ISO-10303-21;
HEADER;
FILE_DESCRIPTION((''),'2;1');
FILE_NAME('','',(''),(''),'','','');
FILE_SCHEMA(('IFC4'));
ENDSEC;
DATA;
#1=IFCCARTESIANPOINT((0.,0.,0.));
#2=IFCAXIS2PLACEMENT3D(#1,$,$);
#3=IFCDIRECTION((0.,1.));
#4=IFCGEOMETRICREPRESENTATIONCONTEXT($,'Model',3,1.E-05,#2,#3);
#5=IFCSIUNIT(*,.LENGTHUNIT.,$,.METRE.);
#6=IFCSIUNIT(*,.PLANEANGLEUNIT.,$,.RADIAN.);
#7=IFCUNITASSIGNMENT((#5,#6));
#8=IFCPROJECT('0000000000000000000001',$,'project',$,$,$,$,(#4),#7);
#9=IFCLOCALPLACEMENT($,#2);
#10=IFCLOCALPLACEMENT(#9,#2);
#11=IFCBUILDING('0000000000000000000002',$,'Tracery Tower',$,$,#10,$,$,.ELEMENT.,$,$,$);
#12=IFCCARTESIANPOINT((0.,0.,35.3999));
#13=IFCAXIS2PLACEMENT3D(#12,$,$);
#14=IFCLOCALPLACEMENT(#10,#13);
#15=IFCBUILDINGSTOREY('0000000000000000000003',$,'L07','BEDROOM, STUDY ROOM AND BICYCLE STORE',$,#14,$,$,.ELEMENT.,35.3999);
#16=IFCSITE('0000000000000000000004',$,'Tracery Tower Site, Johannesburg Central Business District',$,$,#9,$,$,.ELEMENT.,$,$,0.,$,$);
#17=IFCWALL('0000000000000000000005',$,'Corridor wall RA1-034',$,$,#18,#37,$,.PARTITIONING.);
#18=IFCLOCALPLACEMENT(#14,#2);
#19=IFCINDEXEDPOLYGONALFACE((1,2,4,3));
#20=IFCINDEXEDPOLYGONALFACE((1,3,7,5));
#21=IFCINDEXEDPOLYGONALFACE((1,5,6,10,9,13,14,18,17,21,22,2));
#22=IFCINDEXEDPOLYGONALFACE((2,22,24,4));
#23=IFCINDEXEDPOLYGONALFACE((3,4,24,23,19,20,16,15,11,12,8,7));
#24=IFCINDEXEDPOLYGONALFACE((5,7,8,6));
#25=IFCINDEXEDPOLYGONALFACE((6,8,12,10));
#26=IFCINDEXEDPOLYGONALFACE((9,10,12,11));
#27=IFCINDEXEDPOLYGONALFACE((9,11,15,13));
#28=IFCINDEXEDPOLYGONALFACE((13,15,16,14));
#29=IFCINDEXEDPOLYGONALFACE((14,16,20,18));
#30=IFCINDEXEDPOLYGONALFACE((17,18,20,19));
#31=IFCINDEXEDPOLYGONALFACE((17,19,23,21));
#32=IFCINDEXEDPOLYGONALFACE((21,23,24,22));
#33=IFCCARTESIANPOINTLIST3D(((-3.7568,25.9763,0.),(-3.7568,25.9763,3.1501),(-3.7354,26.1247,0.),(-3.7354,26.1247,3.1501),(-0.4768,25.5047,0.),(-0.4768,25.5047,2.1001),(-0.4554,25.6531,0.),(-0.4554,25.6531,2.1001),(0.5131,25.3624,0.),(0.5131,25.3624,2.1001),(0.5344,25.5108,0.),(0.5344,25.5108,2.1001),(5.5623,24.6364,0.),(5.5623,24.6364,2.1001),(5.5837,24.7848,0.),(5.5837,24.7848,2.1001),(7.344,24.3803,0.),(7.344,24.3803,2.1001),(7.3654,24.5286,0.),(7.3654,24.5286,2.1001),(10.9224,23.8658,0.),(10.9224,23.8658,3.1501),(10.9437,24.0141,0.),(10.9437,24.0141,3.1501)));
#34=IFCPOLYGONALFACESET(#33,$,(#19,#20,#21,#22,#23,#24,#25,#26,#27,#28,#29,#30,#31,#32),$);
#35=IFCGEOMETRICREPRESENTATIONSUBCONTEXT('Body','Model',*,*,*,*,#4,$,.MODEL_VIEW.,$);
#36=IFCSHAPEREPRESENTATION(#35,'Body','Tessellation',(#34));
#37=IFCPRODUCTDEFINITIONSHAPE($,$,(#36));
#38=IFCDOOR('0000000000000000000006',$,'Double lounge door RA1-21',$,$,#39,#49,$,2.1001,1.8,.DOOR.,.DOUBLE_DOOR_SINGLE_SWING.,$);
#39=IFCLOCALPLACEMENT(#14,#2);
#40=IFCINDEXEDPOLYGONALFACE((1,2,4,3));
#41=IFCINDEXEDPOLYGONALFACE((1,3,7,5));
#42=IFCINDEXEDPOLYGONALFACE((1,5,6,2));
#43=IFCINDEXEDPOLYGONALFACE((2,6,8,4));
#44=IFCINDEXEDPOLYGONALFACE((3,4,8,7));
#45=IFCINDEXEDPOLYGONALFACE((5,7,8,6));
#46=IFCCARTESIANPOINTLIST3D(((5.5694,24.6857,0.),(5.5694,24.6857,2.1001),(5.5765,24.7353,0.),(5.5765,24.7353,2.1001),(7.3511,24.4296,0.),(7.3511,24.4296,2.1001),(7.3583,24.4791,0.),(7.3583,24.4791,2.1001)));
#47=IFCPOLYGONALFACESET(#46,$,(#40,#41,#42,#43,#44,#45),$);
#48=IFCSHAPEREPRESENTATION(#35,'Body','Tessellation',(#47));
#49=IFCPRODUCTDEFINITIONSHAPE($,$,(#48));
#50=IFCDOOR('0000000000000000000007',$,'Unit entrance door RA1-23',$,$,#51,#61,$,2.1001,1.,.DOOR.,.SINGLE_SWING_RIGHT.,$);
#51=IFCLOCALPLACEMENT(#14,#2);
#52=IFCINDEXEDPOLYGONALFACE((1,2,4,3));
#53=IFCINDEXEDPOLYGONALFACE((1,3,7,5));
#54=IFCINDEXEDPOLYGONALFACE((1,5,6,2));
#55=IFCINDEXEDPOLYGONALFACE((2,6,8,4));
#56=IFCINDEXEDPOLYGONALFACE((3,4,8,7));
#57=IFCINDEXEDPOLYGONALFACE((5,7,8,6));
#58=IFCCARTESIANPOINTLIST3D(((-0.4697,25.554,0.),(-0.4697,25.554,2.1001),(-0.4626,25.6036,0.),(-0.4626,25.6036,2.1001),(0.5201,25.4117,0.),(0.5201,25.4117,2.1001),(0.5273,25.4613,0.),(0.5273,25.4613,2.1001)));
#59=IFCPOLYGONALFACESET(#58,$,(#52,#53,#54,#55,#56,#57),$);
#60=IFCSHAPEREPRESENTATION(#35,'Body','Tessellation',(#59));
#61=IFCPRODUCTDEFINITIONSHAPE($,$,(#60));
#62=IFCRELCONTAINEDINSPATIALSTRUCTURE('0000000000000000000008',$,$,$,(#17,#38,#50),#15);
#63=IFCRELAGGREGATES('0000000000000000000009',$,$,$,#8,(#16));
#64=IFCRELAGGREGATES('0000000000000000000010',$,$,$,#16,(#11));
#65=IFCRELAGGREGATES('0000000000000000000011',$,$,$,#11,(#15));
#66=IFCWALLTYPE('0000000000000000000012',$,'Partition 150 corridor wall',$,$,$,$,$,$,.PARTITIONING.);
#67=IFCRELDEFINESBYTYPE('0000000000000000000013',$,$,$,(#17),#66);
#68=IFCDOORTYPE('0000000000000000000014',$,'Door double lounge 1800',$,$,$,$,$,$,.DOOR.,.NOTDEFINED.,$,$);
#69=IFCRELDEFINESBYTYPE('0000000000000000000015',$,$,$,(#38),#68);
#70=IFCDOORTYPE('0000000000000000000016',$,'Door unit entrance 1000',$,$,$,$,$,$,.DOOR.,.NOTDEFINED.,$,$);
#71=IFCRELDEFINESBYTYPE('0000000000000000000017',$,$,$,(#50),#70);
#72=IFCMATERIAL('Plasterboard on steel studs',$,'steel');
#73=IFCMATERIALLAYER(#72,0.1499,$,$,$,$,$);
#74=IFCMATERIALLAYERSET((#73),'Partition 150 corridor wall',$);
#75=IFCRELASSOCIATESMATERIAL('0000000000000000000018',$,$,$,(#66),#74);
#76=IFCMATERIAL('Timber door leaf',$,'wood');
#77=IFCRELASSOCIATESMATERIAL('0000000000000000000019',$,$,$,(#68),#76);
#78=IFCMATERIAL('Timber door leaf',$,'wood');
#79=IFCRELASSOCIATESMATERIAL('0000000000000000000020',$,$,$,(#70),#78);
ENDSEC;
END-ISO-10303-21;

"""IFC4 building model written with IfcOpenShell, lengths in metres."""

from ifc_helpers import new_model, si_unit, direction, frame, frame_2d, origin, place, context, subcontext, project, spatial, rectangle, extrude, material, layer, layer_set, type_object, element, fill, save


model = new_model("IFC4")

# Units and contexts
model_context = context("Model", 3, precision=1e-05, world=origin(), true_north=direction((0.0, 1.0)))
body_context = subcontext(model_context, "Body", "Model", "MODEL_VIEW")
ifc_project = project(units=[si_unit("LENGTHUNIT", "METRE"), si_unit("PLANEANGLEUNIT", "RADIAN")], contexts=[model_context])

# Site, building, storey
site_placement = place(None, origin())
site = spatial("IfcSite", under=ifc_project, at=site_placement, Name="Tracery Tower Site, Johannesburg Central Business District", CompositionType="ELEMENT", RefElevation=0.0)
building_placement = place(site_placement, origin())
building = spatial("IfcBuilding", under=site, at=building_placement, Name="Tracery Tower", CompositionType="ELEMENT")
storey_placement = place(building_placement, frame((0.0, 0.0, 35.3999)))
storey = spatial("IfcBuildingStorey", under=building, at=storey_placement, Name="L07", Description="BEDROOM, STUDY ROOM AND BICYCLE STORE", CompositionType="ELEMENT", Elevation=35.3999)

# Shared definitions
ifc_material_1 = material(Name="Plasterboard on steel studs", Category="steel")
ifc_layer_1 = layer(ifc_material_1, 0.1499)
ifc_layer_set_1 = layer_set([ifc_layer_1], Name="Partition 150 corridor wall")
wall_type_1 = type_object("IfcWallType", Name="Partition 150 corridor wall", PredefinedType="PARTITIONING", material=ifc_layer_set_1)

# Wall, openings, doors
wall_1_placement = place(storey_placement, frame((-3.7461, 26.0505, 0.0), z_axis=(0.0, 0.0, 1.0), x_axis=(0.989821, -0.142318, 0.0)))
wall_1 = element("IfcWall", 1, at=wall_1_placement, inside=storey, type_object=wall_type_1, Name="Corridor wall RA1-034", PredefinedType="PARTITIONING", context=body_context, shape_type="SweptSolid", body=[
    extrude(rectangle(XDim=14.8301, YDim=0.1499, at=frame_2d((7.415, 0.0))), origin(), (0.0, 0.0, 1.0), 3.1501),
])
opening_1_placement = place(wall_1_placement, frame((9.415, 0.0, 0.0)))
opening_1 = element("IfcOpeningElement", 2, at=opening_1_placement, cuts=wall_1, PredefinedType="OPENING", context=body_context, shape_type="SweptSolid", body=[
    extrude(rectangle(XDim=1.8, YDim=2.1001, at=frame_2d((0.8999, 1.05))), frame((0.0, 0.075, 0.0), z_axis=(0.0, -1.0, 0.0), x_axis=(1.0, 0.0, 0.0)), (0.0, 0.0, 1.0), 0.1499),
])
opening_2_placement = place(wall_1_placement, frame((3.3137, 0.0, 0.0)))
opening_2 = element("IfcOpeningElement", 3, at=opening_2_placement, cuts=wall_1, PredefinedType="OPENING", context=body_context, shape_type="SweptSolid", body=[
    extrude(rectangle(XDim=1.0, YDim=2.1001, at=frame_2d((0.5, 1.05))), frame((0.0, 0.075, 0.0), z_axis=(0.0, -1.0, 0.0), x_axis=(1.0, 0.0, 0.0)), (0.0, 0.0, 1.0), 0.1499),
])
ifc_material_2 = material(Name="Timber door leaf", Category="wood")
door_type_1 = type_object("IfcDoorType", Name="Door double lounge 1800", OperationType="NOTDEFINED", PredefinedType="DOOR", material=ifc_material_2)
door_1_placement = place(opening_1_placement, origin())
door_1 = element("IfcDoor", 4, at=door_1_placement, inside=storey, type_object=door_type_1, Name="Double lounge door RA1-21", OperationType="DOUBLE_DOOR_SINGLE_SWING", OverallHeight=2.1001, OverallWidth=1.8, PredefinedType="DOOR", context=body_context, shape_type="SweptSolid", body=[
    extrude(rectangle(XDim=1.8, YDim=2.1001, at=frame_2d((0.8999, 1.05))), frame((0.0, 0.0249, 0.0), z_axis=(0.0, -1.0, 0.0), x_axis=(1.0, 0.0, 0.0)), (0.0, 0.0, 1.0), 0.05),
])
fill(opening_1, door_1)
ifc_material_3 = material(Name="Timber door leaf", Category="wood")
door_type_2 = type_object("IfcDoorType", Name="Door unit entrance 1000", OperationType="NOTDEFINED", PredefinedType="DOOR", material=ifc_material_3)
door_2_placement = place(opening_2_placement, origin())
door_2 = element("IfcDoor", 5, at=door_2_placement, inside=storey, type_object=door_type_2, Name="Unit entrance door RA1-23", OperationType="SINGLE_SWING_RIGHT", OverallHeight=2.1001, OverallWidth=1.0, PredefinedType="DOOR", context=body_context, shape_type="SweptSolid", body=[
    extrude(rectangle(XDim=1.0, YDim=2.1001, at=frame_2d((0.5, 1.05))), frame((0.0, 0.0249, 0.0), z_axis=(0.0, -1.0, 0.0), x_axis=(1.0, 0.0, 0.0)), (0.0, 0.0, 1.0), 0.05),
])
fill(opening_2, door_2)

save(model, "model.ifc")
